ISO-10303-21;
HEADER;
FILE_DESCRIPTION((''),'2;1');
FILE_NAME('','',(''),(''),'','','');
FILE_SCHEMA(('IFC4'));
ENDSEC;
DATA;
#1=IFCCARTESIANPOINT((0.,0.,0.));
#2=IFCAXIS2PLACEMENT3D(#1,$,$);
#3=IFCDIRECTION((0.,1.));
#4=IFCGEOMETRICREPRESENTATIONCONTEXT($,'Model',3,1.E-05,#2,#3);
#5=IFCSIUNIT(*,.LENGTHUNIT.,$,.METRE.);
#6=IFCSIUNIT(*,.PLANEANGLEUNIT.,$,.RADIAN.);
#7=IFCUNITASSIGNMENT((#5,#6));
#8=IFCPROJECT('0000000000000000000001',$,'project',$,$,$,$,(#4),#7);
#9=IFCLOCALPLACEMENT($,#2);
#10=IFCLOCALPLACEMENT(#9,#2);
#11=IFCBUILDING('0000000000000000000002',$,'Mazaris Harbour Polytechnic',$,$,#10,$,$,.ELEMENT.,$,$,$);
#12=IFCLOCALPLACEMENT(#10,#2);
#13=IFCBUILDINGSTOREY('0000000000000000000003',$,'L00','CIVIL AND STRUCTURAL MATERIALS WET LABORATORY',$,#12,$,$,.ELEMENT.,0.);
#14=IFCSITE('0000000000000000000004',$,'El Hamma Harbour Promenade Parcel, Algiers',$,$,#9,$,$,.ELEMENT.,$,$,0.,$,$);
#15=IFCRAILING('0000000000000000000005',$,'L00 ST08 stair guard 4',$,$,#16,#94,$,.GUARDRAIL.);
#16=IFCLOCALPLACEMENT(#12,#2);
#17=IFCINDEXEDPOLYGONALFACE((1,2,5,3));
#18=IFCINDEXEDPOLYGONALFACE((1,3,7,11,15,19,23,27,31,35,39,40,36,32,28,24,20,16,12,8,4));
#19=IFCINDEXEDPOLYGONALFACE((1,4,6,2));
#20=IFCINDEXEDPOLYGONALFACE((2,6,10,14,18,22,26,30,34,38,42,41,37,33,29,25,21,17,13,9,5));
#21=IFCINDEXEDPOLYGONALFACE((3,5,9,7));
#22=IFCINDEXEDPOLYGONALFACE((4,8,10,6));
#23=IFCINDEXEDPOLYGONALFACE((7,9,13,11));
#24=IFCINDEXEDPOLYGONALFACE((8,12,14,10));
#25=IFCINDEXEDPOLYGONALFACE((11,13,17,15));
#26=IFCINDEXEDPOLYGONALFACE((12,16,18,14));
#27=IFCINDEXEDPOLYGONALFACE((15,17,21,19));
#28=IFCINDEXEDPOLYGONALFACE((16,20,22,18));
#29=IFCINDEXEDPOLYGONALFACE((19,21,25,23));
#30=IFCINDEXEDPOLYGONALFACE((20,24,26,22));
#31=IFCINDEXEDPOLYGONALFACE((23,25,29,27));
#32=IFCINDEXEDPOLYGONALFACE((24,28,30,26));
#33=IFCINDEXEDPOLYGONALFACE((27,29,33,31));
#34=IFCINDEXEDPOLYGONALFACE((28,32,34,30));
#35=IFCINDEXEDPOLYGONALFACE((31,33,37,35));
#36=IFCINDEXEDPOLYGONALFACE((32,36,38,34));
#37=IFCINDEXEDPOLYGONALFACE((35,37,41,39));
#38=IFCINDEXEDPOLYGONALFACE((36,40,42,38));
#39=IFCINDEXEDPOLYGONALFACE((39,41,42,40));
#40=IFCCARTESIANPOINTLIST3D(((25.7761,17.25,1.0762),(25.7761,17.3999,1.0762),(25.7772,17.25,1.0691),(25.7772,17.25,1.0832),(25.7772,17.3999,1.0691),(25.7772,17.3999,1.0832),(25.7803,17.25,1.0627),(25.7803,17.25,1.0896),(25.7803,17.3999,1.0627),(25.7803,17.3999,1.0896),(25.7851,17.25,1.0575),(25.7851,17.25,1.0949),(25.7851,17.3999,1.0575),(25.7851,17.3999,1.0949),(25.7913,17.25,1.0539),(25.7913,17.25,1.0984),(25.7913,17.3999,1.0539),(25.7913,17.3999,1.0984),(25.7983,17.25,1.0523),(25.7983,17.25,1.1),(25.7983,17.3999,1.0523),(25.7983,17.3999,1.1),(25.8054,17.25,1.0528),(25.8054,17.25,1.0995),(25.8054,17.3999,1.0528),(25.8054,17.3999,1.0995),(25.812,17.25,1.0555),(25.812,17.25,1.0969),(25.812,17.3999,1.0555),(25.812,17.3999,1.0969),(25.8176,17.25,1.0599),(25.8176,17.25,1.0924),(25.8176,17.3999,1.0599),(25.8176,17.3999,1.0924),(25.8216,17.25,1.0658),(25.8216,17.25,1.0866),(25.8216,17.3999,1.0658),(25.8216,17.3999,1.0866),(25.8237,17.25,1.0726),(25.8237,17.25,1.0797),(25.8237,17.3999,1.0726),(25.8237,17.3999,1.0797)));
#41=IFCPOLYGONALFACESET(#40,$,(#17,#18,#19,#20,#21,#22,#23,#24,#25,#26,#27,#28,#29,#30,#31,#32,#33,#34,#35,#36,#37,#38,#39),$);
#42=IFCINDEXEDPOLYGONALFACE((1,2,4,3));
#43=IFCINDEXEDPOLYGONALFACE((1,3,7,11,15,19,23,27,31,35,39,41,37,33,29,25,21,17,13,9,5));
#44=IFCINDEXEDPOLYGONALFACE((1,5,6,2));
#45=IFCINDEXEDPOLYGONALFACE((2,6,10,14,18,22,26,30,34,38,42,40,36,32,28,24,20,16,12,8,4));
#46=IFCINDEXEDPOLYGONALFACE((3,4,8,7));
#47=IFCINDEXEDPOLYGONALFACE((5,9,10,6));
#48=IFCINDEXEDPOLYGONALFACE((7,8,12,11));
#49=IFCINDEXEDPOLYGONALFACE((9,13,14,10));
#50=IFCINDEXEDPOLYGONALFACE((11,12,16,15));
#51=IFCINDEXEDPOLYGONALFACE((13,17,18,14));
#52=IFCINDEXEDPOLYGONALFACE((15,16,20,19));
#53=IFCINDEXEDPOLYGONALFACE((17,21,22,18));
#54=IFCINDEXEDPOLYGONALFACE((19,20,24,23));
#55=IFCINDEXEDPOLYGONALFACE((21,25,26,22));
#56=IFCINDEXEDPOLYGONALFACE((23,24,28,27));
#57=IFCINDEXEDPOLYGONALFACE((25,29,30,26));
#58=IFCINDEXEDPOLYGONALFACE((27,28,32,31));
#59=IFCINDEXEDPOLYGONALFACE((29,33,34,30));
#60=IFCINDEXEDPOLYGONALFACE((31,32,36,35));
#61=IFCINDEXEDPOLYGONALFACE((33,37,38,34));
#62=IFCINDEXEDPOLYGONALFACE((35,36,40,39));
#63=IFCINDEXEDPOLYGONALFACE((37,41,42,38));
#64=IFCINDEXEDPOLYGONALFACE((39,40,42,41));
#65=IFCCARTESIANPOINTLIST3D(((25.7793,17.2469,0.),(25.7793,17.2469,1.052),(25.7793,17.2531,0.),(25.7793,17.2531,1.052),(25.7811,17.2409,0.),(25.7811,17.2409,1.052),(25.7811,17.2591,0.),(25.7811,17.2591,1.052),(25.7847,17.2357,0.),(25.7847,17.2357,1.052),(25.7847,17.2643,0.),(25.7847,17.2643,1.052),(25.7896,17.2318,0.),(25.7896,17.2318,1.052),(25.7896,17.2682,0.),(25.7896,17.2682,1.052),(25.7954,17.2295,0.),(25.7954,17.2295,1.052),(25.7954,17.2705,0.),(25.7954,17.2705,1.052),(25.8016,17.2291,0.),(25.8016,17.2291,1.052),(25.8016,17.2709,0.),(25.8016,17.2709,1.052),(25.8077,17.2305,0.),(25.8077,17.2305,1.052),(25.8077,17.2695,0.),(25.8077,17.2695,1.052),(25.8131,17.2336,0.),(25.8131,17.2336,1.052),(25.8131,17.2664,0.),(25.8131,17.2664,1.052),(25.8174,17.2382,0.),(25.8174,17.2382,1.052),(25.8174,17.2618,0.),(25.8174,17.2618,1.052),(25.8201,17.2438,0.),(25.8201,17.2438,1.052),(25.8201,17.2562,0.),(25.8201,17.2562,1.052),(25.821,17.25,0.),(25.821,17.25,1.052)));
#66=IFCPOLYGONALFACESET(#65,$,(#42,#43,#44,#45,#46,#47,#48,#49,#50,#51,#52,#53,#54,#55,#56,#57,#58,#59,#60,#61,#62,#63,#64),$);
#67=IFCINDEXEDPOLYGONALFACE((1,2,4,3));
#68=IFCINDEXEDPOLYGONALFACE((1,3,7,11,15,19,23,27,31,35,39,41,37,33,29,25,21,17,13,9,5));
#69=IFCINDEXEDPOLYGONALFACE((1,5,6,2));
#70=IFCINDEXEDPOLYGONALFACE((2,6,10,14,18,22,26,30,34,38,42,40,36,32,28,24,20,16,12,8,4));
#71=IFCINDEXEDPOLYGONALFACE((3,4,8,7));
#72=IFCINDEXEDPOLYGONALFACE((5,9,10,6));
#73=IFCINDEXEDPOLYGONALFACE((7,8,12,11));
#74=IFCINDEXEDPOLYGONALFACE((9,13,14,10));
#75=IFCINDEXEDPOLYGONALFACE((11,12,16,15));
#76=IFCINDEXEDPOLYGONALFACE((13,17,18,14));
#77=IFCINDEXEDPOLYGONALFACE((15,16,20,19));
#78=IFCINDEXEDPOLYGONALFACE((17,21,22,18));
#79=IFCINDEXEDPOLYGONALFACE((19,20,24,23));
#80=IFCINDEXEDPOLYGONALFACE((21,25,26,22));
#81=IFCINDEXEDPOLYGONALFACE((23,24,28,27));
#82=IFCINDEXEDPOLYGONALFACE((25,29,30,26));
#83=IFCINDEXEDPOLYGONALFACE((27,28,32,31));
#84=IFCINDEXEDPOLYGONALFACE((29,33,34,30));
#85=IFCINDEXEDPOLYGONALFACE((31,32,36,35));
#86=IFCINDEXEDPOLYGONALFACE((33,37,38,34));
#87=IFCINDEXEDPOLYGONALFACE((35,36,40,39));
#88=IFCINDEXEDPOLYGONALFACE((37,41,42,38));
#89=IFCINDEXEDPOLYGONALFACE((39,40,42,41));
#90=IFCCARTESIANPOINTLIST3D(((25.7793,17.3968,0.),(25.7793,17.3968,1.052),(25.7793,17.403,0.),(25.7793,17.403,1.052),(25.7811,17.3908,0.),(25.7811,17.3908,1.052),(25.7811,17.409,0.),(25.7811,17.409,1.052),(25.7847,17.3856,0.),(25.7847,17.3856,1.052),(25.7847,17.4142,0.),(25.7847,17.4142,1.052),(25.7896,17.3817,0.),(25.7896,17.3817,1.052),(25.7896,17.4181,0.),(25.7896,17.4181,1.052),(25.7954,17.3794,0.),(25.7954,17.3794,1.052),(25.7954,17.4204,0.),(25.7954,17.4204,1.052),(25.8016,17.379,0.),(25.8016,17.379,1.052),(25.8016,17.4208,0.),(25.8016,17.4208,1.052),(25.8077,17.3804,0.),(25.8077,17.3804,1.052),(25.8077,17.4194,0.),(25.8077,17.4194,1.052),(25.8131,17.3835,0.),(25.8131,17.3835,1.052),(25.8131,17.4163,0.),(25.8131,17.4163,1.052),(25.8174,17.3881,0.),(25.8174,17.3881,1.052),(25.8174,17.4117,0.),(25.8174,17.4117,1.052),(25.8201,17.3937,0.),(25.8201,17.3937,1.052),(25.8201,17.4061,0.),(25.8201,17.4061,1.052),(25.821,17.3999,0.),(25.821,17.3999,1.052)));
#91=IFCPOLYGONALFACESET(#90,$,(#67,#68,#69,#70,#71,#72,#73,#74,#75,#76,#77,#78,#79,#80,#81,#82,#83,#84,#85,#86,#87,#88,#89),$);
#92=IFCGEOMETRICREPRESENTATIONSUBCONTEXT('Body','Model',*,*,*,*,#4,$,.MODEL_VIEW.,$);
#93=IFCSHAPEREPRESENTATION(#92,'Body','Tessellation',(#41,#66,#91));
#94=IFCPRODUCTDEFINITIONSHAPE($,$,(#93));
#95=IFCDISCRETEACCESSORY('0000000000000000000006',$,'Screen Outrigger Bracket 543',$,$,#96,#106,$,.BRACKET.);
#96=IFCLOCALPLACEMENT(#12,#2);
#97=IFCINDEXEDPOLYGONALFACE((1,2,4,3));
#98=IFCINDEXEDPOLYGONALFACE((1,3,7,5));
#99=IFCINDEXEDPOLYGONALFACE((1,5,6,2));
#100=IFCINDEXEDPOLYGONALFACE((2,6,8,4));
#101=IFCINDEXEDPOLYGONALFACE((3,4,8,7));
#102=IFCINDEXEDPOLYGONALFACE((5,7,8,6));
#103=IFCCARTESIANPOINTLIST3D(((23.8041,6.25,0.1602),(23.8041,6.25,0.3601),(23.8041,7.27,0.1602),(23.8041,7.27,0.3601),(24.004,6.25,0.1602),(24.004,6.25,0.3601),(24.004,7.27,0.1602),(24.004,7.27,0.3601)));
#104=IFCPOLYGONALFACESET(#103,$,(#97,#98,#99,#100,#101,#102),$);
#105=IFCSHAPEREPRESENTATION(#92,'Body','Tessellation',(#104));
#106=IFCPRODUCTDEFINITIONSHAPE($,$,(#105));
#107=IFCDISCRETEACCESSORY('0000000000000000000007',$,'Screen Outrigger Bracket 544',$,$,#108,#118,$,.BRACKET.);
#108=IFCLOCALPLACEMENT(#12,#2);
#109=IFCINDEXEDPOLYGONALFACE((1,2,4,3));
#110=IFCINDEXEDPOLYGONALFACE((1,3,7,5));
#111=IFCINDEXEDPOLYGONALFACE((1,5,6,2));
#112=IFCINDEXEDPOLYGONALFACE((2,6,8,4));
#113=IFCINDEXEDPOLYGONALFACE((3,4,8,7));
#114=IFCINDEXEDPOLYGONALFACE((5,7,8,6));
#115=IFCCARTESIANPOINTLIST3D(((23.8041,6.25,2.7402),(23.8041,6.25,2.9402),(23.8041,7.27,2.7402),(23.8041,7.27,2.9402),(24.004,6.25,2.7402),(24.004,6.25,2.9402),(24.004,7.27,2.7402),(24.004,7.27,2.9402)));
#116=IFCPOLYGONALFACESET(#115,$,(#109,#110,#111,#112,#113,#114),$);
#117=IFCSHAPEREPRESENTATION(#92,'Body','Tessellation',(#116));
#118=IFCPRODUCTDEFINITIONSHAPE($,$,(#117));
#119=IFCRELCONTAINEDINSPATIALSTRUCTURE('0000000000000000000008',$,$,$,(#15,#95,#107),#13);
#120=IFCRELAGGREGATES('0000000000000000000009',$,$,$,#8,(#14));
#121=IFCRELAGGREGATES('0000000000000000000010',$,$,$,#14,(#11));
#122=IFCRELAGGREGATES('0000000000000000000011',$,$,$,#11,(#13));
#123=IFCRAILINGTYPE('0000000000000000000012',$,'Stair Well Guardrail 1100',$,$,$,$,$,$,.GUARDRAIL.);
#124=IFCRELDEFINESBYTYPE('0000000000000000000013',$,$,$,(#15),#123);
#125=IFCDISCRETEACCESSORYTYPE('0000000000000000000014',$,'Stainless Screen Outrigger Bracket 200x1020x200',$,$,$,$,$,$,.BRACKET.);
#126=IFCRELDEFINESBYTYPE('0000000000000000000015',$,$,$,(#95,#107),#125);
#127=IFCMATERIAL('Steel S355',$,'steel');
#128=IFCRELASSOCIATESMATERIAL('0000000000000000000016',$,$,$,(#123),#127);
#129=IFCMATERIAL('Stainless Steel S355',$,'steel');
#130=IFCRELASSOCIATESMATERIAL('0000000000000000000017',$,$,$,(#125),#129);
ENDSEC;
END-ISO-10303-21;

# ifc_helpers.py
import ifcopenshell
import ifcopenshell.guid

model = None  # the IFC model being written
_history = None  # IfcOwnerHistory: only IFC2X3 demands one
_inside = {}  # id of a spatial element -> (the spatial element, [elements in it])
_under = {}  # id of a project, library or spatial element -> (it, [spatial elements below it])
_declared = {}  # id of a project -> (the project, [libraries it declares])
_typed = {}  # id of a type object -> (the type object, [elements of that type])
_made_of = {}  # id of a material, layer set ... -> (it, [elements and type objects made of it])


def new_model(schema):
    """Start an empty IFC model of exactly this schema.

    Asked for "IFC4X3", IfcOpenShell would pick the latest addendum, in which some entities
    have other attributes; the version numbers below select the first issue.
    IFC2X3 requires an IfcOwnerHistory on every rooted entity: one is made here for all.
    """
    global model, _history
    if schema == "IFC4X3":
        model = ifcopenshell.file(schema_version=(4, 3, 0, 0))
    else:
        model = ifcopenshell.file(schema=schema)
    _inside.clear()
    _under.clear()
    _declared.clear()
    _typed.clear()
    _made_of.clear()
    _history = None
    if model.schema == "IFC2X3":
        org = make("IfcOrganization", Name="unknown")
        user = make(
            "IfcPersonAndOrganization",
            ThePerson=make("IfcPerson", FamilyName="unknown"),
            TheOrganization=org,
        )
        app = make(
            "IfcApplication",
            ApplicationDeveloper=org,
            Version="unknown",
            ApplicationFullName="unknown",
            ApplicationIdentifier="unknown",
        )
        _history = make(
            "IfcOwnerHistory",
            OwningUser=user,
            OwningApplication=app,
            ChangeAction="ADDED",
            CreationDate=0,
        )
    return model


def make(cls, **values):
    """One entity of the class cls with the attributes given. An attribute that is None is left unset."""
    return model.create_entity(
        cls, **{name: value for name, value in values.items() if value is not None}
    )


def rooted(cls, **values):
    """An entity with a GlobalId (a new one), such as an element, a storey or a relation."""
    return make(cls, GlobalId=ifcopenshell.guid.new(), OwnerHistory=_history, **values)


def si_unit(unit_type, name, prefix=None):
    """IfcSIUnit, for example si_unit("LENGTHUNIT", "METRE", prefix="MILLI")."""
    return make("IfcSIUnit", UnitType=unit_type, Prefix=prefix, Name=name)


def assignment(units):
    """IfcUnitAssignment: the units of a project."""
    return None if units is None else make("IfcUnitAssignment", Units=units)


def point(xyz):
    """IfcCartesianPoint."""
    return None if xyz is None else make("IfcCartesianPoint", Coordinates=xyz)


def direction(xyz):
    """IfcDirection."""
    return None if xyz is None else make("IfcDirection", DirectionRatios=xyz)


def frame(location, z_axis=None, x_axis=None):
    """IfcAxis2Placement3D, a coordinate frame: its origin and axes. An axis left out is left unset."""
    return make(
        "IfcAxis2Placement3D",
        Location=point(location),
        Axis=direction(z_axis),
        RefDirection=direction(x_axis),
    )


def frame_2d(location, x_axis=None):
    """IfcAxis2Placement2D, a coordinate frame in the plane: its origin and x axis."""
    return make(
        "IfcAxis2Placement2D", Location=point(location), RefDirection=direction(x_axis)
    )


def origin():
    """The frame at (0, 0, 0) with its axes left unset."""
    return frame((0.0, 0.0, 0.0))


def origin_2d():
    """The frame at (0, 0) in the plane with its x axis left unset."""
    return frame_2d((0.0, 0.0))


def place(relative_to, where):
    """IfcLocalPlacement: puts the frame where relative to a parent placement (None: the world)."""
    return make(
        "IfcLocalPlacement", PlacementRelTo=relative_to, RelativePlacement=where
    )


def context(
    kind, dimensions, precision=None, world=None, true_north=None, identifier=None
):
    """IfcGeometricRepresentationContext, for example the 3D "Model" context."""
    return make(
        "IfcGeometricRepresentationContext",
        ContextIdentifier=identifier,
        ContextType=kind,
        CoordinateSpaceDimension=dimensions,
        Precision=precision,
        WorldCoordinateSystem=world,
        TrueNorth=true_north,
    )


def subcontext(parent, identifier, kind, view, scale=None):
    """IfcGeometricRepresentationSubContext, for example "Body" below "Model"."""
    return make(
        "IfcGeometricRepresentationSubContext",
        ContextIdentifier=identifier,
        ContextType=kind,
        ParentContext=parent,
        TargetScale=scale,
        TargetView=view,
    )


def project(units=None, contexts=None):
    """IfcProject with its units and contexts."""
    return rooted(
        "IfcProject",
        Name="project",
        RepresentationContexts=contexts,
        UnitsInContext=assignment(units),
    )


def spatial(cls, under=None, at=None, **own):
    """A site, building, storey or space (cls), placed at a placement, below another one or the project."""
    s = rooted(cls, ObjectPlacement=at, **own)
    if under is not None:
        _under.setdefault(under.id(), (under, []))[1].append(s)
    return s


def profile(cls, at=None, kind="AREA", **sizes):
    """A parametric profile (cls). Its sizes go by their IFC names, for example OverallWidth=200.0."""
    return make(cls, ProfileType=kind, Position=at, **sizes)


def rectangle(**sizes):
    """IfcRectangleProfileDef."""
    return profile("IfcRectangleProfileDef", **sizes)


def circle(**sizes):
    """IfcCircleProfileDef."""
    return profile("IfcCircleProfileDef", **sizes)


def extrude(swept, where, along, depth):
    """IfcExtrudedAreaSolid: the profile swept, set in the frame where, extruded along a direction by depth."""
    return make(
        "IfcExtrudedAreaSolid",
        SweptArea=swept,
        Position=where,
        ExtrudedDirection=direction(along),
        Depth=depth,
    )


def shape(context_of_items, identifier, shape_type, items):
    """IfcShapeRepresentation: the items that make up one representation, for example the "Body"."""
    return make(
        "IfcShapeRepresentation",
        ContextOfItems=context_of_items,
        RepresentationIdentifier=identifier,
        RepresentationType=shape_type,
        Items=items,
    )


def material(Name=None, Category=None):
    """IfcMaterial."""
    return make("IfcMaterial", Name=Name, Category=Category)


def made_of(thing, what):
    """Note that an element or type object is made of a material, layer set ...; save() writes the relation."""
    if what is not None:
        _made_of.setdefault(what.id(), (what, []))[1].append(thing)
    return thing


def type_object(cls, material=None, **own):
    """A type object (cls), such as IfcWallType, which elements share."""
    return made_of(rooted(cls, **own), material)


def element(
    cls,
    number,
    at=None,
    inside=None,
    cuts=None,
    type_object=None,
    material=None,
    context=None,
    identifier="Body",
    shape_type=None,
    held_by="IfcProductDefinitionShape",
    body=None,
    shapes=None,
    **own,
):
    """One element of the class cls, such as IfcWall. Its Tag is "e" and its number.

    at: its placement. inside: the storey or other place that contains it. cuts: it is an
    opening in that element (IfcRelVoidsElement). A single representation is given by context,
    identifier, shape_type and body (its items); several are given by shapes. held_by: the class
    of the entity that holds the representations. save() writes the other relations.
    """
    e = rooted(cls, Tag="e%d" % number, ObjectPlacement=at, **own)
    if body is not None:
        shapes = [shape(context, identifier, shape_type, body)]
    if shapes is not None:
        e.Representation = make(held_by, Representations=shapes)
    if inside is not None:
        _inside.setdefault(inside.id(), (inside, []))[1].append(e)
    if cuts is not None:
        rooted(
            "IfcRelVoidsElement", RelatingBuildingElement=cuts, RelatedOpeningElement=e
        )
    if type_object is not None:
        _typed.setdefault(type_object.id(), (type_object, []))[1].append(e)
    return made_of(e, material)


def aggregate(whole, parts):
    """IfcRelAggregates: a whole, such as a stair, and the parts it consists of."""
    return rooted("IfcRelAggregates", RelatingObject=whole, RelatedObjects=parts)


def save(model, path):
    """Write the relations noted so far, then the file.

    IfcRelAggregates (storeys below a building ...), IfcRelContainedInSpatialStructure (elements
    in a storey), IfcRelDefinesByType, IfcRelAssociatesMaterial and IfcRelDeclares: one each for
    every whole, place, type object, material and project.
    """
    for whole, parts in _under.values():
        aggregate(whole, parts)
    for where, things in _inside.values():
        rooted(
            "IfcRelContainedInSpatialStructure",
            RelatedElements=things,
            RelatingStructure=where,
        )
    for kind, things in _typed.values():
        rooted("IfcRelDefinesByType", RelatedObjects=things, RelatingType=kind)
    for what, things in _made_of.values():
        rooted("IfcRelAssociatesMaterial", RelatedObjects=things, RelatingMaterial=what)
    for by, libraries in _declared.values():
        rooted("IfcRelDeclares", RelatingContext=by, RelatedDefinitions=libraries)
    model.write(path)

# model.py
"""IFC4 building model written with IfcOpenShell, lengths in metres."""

from ifc_helpers import new_model, si_unit, direction, frame, origin, origin_2d, place, context, subcontext, project, spatial, rectangle, circle, extrude, material, type_object, element, save


model = new_model("IFC4")

# Units and contexts
model_context = context("Model", 3, precision=1e-05, world=origin(), true_north=direction((0.0, 1.0)))
body_context = subcontext(model_context, "Body", "Model", "MODEL_VIEW")
ifc_project = project(units=[si_unit("LENGTHUNIT", "METRE"), si_unit("PLANEANGLEUNIT", "RADIAN")], contexts=[model_context])

# Site, building, storey
site_placement = place(None, origin())
site = spatial("IfcSite", under=ifc_project, at=site_placement, Name="El Hamma Harbour Promenade Parcel, Algiers", CompositionType="ELEMENT", RefElevation=0.0)
building_placement = place(site_placement, origin())
building = spatial("IfcBuilding", under=site, at=building_placement, Name="Mazaris Harbour Polytechnic", CompositionType="ELEMENT")
storey_placement = place(building_placement, origin())
storey = spatial("IfcBuildingStorey", under=building, at=storey_placement, Name="L00", Description="CIVIL AND STRUCTURAL MATERIALS WET LABORATORY", CompositionType="ELEMENT", Elevation=0.0)

# Railing
ifc_material_1 = material(Name="Steel S355", Category="steel")
railing_type_1 = type_object("IfcRailingType", Name="Stair Well Guardrail 1100", PredefinedType="GUARDRAIL", material=ifc_material_1)
railing_1_placement = place(storey_placement, frame((25.8, 17.25, 0.0)))
element("IfcRailing", 1, at=railing_1_placement, inside=storey, type_object=railing_type_1, Name="L00 ST08 stair guard 4", PredefinedType="GUARDRAIL", context=body_context, shape_type="SweptSolid", body=[
    extrude(circle(Radius=0.0239, at=origin_2d()), frame((0.0, 0.0, 1.0762), z_axis=(0.0, 1.0, 0.0), x_axis=(-1.0, 0.0, 0.0)), (0.0, 0.0, 1.0), 0.1499),
    extrude(circle(Radius=0.021, at=origin_2d()), origin(), (0.0, 0.0, 1.0), 1.052),
    extrude(circle(Radius=0.021, at=origin_2d()), frame((0.0, 0.1499, 0.0)), (0.0, 0.0, 1.0), 1.052),
])

# Discrete accessories
ifc_material_2 = material(Name="Stainless Steel S355", Category="steel")
discrete_accessory_type = type_object("IfcDiscreteAccessoryType", Name="Stainless Screen Outrigger Bracket 200x1020x200", PredefinedType="BRACKET", material=ifc_material_2)
for number, where, z_axis, x_axis, name in (
    (2, (23.9041, 6.76, 0.1602), (0.0, 0.0, 1.0), (-1.0, 0.0, 0.0), "Screen Outrigger Bracket 543"),
    (3, (23.9041, 6.76, 2.7402), (0.0, 0.0, 1.0), (-1.0, 0.0, 0.0), "Screen Outrigger Bracket 544"),
):
    element("IfcDiscreteAccessory", number, at=place(storey_placement, frame(where, z_axis=z_axis, x_axis=x_axis)), inside=storey, type_object=discrete_accessory_type, Name=name, PredefinedType="BRACKET", context=body_context, shape_type="SweptSolid", body=[
        extrude(rectangle(XDim=0.2, YDim=1.02, at=origin_2d()), origin(), (0.0, 0.0, 1.0), 0.2),
    ])

save(model, "model.ifc")
